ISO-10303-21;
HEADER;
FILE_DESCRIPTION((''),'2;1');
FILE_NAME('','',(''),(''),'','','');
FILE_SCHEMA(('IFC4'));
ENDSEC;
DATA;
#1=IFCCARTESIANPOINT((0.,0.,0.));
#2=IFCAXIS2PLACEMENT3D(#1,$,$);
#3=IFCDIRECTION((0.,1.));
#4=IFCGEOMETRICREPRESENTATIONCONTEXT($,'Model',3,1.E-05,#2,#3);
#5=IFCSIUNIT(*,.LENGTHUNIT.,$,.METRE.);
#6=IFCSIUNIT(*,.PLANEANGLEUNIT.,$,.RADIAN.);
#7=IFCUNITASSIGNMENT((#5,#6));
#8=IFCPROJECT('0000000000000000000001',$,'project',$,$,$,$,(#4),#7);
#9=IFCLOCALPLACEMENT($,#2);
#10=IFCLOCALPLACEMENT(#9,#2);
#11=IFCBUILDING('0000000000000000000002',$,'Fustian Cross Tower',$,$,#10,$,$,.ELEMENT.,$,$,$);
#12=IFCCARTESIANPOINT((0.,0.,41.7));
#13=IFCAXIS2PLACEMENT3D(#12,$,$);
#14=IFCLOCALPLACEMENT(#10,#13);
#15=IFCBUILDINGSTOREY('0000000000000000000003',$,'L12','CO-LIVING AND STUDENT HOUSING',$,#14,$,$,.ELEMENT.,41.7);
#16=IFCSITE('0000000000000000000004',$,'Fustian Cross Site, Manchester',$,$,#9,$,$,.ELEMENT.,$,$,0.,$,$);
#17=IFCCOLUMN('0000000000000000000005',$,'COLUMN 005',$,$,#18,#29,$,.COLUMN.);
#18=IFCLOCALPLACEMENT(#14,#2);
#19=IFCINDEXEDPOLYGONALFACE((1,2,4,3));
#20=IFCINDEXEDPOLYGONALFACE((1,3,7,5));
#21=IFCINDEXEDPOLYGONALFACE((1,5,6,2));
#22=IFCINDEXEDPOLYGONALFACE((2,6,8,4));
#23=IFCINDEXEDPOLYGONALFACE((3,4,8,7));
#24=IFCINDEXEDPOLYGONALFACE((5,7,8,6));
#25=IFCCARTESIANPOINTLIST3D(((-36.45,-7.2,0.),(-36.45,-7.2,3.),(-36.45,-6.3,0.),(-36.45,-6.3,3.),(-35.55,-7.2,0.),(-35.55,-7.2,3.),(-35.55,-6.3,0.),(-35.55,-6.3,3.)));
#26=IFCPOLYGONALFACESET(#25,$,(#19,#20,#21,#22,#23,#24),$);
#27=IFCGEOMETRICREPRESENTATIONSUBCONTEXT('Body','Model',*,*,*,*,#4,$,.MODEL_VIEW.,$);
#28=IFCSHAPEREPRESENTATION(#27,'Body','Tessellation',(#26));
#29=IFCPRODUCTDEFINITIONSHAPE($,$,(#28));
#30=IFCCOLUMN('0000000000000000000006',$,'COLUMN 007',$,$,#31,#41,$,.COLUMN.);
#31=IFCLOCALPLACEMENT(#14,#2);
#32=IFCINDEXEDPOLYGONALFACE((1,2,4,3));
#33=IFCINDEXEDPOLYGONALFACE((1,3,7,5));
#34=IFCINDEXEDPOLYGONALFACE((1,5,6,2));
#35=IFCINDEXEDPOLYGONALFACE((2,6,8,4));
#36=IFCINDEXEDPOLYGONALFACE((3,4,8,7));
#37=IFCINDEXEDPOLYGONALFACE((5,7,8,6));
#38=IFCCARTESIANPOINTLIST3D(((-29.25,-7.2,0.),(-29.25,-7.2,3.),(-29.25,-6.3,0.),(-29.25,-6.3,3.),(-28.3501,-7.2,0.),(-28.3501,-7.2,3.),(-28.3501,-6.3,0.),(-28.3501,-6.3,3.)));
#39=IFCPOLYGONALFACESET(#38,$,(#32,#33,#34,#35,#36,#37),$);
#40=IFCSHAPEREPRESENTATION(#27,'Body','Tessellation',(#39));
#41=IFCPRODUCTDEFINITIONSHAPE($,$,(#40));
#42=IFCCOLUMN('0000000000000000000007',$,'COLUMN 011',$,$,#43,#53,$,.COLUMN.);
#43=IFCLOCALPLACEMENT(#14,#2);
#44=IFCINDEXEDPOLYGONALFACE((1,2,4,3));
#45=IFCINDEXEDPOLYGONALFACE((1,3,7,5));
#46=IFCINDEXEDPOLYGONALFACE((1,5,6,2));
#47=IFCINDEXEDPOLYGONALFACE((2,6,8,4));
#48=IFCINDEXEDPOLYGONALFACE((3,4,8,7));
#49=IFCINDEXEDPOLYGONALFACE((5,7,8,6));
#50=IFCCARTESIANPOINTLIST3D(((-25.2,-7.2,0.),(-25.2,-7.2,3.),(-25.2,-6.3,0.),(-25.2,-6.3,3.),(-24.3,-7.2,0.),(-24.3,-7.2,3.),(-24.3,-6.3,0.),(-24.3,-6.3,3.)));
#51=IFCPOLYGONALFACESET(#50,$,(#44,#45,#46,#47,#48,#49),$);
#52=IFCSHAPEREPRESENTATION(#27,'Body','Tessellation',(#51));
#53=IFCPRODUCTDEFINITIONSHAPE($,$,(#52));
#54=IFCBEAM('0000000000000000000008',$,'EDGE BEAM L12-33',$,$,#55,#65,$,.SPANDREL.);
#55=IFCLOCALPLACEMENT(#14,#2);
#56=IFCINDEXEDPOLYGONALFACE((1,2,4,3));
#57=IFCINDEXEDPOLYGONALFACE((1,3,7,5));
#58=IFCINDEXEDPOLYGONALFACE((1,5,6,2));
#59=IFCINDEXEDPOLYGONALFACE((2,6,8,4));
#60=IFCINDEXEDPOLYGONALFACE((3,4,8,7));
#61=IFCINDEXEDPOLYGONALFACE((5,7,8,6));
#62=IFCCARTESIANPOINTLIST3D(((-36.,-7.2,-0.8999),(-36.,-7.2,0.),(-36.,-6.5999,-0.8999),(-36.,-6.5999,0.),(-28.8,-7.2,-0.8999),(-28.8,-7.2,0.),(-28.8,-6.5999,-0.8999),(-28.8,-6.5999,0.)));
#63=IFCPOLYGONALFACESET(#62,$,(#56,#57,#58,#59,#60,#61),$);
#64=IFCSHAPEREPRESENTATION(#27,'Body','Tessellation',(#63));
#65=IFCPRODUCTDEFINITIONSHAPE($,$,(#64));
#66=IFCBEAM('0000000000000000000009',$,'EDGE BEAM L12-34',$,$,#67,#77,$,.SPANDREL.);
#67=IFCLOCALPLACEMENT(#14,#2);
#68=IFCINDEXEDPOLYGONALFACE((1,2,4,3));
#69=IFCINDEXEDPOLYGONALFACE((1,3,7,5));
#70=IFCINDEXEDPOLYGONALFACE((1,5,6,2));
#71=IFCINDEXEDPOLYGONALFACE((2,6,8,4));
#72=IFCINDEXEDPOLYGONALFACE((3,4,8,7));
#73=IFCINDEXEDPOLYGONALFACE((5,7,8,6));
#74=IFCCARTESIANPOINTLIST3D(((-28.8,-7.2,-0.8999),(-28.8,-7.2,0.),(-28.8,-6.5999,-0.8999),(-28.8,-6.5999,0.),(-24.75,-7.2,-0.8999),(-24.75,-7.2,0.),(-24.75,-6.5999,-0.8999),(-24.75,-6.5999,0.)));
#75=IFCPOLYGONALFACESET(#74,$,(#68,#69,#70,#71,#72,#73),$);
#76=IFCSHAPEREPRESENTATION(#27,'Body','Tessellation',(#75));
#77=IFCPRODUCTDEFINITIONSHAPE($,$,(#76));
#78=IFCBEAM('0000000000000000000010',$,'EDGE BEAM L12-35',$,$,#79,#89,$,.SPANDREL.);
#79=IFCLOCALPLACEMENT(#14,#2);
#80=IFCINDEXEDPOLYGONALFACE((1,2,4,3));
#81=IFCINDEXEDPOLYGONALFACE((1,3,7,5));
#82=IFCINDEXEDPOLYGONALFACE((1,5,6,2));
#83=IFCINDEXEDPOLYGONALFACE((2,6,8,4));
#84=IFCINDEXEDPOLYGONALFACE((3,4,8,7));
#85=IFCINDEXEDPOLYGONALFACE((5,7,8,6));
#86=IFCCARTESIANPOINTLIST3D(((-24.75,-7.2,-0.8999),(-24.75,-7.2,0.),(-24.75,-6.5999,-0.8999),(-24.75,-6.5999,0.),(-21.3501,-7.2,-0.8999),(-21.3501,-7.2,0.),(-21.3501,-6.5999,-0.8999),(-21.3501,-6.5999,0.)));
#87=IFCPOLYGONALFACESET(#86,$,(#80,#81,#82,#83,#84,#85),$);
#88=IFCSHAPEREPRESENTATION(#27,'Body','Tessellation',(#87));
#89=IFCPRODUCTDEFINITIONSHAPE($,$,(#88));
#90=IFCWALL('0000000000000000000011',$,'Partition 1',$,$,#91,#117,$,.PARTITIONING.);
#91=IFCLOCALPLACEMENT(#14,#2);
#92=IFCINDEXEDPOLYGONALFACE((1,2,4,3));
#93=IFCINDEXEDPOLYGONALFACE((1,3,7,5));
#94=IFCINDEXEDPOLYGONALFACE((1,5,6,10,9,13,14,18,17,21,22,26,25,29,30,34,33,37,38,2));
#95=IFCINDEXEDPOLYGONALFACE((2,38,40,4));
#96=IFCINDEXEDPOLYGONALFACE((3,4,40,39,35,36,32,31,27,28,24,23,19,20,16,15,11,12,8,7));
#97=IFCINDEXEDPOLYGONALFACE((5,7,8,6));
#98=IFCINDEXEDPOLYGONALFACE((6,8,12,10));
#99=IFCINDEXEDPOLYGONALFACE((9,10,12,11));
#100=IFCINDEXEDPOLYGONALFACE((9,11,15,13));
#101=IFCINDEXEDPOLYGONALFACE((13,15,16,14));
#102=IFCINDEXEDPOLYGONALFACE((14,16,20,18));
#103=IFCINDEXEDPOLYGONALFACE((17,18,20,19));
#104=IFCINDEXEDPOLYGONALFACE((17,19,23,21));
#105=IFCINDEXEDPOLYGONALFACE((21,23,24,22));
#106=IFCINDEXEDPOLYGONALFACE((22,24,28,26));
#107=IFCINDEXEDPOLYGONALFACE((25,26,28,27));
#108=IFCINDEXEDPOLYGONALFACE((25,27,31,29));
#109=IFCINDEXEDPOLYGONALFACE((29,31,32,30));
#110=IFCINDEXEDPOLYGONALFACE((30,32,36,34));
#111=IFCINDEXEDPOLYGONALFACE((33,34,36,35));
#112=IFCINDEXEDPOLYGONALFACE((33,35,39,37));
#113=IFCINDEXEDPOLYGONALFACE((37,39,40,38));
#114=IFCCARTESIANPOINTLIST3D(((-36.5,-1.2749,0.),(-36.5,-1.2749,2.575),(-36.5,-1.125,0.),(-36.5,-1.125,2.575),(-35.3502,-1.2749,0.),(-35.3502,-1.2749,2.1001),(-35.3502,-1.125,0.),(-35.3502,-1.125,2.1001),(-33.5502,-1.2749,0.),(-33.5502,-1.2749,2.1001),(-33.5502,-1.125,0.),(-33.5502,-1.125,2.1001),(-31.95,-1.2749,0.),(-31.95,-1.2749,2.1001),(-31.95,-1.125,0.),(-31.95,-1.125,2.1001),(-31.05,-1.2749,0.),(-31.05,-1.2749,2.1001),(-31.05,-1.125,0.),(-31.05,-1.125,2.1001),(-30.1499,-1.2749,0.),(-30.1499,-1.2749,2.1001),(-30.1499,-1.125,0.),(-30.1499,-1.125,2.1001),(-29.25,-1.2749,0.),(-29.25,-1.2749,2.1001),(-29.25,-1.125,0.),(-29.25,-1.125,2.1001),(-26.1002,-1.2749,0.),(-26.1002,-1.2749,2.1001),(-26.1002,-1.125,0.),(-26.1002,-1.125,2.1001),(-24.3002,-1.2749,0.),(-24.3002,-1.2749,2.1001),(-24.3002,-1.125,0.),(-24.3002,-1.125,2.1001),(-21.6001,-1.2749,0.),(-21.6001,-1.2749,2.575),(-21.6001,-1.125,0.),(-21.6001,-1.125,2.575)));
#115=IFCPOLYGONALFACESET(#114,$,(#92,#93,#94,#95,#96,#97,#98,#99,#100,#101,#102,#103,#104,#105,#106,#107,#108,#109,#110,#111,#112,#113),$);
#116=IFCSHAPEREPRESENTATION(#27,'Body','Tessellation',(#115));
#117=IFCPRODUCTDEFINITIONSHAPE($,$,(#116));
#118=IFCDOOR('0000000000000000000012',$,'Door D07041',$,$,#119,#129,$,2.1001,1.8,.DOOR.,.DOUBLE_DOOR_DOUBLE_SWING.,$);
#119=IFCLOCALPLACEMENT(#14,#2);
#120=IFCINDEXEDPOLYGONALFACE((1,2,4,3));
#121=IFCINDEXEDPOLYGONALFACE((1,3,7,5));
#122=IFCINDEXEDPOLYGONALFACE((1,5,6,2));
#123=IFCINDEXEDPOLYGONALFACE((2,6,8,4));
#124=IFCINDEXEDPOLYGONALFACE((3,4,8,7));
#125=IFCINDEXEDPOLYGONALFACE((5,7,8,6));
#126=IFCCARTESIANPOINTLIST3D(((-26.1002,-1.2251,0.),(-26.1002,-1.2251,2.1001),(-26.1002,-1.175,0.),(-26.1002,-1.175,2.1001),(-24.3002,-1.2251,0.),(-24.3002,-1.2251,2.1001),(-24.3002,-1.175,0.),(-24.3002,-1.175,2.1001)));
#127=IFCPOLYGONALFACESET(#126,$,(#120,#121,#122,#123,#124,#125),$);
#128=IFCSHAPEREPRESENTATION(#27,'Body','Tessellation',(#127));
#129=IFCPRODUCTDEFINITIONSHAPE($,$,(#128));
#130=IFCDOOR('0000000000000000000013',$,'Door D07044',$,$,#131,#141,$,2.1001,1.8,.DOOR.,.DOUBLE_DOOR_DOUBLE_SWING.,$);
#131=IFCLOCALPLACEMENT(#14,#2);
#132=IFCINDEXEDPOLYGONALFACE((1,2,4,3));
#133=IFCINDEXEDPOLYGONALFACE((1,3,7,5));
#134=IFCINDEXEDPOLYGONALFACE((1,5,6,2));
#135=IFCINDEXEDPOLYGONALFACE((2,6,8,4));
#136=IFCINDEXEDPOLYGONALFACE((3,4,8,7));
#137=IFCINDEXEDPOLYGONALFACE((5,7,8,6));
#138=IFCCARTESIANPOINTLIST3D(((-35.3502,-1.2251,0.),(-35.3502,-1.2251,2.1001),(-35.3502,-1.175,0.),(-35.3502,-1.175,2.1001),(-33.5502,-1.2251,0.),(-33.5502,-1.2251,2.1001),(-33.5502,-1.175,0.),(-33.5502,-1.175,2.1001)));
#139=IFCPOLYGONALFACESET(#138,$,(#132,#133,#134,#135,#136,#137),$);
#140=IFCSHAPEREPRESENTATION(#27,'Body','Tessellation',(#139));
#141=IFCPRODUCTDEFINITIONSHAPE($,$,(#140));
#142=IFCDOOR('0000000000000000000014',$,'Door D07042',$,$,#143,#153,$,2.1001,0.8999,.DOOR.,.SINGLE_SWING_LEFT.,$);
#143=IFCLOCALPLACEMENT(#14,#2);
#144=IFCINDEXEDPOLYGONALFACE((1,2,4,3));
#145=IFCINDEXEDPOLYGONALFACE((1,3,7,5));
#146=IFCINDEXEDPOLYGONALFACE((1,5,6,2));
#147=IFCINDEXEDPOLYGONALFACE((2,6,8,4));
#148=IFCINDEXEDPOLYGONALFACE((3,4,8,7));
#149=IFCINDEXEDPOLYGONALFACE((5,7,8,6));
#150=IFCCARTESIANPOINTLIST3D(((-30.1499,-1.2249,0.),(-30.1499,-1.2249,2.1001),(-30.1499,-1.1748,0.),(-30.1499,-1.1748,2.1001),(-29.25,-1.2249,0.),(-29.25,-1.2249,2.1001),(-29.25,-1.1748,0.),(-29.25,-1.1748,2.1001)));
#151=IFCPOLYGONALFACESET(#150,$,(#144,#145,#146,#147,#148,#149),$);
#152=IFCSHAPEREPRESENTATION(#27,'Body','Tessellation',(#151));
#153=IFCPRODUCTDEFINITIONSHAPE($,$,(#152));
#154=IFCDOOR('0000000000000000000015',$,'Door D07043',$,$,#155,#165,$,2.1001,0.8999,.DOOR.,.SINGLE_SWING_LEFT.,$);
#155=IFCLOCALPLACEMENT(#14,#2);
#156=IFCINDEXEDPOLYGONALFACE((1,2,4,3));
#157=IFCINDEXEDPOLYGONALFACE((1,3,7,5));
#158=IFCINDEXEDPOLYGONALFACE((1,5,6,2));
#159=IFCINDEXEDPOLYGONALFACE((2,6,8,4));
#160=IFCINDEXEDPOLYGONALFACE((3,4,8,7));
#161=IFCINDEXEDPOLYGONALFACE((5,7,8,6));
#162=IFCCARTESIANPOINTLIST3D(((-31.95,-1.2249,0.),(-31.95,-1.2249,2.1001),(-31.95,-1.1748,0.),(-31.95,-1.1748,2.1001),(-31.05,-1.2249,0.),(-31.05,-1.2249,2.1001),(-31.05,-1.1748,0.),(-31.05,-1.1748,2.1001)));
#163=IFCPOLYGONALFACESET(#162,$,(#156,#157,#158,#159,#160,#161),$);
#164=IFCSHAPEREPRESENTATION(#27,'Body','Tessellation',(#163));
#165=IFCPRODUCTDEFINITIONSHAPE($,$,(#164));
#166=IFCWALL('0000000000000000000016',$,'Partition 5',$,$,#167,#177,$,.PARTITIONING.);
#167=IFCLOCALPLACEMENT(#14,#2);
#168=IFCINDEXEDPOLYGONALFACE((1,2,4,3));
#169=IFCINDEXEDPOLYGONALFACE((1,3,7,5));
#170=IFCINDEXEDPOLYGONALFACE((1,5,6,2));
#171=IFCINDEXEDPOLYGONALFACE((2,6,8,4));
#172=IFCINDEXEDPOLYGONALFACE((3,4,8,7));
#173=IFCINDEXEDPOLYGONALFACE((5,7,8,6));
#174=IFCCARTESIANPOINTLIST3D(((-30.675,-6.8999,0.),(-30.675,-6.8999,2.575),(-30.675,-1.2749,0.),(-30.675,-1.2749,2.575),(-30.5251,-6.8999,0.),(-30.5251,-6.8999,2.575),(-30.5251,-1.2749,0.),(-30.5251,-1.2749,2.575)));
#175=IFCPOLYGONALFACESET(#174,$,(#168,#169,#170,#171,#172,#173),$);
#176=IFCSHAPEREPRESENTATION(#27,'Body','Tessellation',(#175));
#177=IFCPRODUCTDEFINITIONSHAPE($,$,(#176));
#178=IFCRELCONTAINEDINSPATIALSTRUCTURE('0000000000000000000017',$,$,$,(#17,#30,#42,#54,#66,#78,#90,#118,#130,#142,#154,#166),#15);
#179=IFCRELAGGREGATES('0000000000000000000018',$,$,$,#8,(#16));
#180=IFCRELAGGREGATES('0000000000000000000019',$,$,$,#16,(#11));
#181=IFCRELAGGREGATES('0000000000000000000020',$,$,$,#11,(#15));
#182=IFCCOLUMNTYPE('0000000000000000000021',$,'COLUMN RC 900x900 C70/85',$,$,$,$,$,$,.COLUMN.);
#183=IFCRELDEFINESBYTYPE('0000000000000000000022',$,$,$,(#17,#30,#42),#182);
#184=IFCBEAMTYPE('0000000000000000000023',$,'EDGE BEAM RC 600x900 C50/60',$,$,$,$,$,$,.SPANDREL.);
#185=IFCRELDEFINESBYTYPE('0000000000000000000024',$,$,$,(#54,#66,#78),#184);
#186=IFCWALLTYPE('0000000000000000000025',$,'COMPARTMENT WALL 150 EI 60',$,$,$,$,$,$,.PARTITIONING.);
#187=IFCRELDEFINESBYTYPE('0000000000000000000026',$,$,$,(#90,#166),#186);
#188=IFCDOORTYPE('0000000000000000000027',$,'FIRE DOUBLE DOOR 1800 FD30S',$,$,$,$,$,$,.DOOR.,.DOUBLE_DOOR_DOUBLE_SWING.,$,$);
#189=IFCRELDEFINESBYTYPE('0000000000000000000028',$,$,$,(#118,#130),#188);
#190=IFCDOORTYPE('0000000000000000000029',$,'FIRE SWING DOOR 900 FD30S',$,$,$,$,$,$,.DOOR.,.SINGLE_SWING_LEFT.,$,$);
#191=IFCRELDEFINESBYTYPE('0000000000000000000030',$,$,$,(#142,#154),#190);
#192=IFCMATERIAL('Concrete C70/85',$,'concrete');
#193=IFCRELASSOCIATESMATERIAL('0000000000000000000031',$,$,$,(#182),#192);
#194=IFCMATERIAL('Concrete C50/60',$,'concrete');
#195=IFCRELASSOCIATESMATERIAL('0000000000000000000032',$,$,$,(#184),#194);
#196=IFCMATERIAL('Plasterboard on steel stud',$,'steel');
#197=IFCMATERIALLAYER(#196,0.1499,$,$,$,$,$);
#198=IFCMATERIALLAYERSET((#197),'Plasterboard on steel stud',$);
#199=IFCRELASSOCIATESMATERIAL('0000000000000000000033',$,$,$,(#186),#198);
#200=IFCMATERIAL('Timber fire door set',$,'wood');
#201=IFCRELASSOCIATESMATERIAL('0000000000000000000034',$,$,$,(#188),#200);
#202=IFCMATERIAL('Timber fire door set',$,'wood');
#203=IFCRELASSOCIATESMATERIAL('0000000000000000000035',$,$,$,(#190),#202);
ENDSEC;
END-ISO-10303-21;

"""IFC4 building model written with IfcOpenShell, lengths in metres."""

from ifc_helpers import new_model, si_unit, direction, frame, frame_2d, origin, origin_2d, place, context, subcontext, project, spatial, rectangle, extrude, material, layer, layer_set, material_profile, profile_set, type_object, element, fill, save


model = new_model("IFC4")

# Units and contexts
model_context = context("Model", 3, precision=1e-05, world=origin(), true_north=direction((0.0, 1.0)))
body_context = subcontext(model_context, "Body", "Model", "MODEL_VIEW")
ifc_project = project(units=[si_unit("LENGTHUNIT", "METRE"), si_unit("PLANEANGLEUNIT", "RADIAN")], contexts=[model_context])

# Site, building, storey
site_placement = place(None, origin())
site = spatial("IfcSite", under=ifc_project, at=site_placement, Name="Fustian Cross Site, Manchester", CompositionType="ELEMENT", RefElevation=0.0)
building_placement = place(site_placement, origin())
building = spatial("IfcBuilding", under=site, at=building_placement, Name="Fustian Cross Tower", CompositionType="ELEMENT")
storey_placement = place(building_placement, frame((0.0, 0.0, 41.7)))
storey = spatial("IfcBuildingStorey", under=building, at=storey_placement, Name="L12", Description="CO-LIVING AND STUDENT HOUSING", CompositionType="ELEMENT", Elevation=41.7)

# Columns
ifc_material_1 = material(Name="Concrete C70/85", Category="concrete")
ifc_material_profile_1 = material_profile(ifc_material_1, rectangle(XDim=0.8999, YDim=0.8999, at=origin_2d()), Name="RC 900x900")
ifc_profile_set_1 = profile_set([ifc_material_profile_1], Name="Concrete C70/85")
column_type = type_object("IfcColumnType", Name="COLUMN RC 900x900 C70/85", PredefinedType="COLUMN", material=ifc_profile_set_1)
for number, where, z_axis, x_axis, name in (
    (1, (-36.0, -6.75, 0.0), (0.0, 0.0, 1.0), (1.0, 0.0, 0.0), "COLUMN 005"),
    (2, (-28.8, -6.75, 0.0), (0.0, 0.0, 1.0), (1.0, 0.0, 0.0), "COLUMN 007"),
    (3, (-24.75, -6.75, 0.0), (0.0, 0.0, 1.0), (1.0, 0.0, 0.0), "COLUMN 011"),
):
    element("IfcColumn", number, at=place(storey_placement, frame(where, z_axis=z_axis, x_axis=x_axis)), inside=storey, type_object=column_type, Name=name, PredefinedType="COLUMN", context=body_context, shape_type="SweptSolid", body=[
        extrude(rectangle(XDim=0.8999, YDim=0.8999, at=origin_2d()), origin(), (0.0, 0.0, 1.0), 3.0),
    ])

# Beams
ifc_material_2 = material(Name="Concrete C50/60", Category="concrete")
ifc_material_profile_2 = material_profile(ifc_material_2, rectangle(XDim=0.6001, YDim=0.8999, at=origin_2d()), Name="RC 600x900")
ifc_profile_set_2 = profile_set([ifc_material_profile_2], Name="Concrete C50/60")
beam_type = type_object("IfcBeamType", Name="EDGE BEAM RC 600x900 C50/60", PredefinedType="SPANDREL", material=ifc_profile_set_2)
beam_1_placement = place(storey_placement, frame((-36.0, -6.8999, -0.45), z_axis=(1.0, 0.0, 0.0), x_axis=(0.0, 1.0, 0.0)))
element("IfcBeam", 4, at=beam_1_placement, inside=storey, type_object=beam_type, Name="EDGE BEAM L12-33", PredefinedType="SPANDREL", context=body_context, shape_type="SweptSolid", body=[
    extrude(rectangle(XDim=0.6001, YDim=0.8999, at=origin_2d()), origin(), (0.0, 0.0, 1.0), 7.2),
])
beam_2_placement = place(storey_placement, frame((-28.8, -6.8999, -0.45), z_axis=(1.0, 0.0, 0.0), x_axis=(0.0, 1.0, 0.0)))
element("IfcBeam", 5, at=beam_2_placement, inside=storey, type_object=beam_type, Name="EDGE BEAM L12-34", PredefinedType="SPANDREL", context=body_context, shape_type="SweptSolid", body=[
    extrude(rectangle(XDim=0.6001, YDim=0.8999, at=origin_2d()), origin(), (0.0, 0.0, 1.0), 4.05),
])
beam_3_placement = place(storey_placement, frame((-24.75, -6.8999, -0.45), z_axis=(1.0, 0.0, 0.0), x_axis=(0.0, 1.0, 0.0)))
element("IfcBeam", 6, at=beam_3_placement, inside=storey, type_object=beam_type, Name="EDGE BEAM L12-35", PredefinedType="SPANDREL", context=body_context, shape_type="SweptSolid", body=[
    extrude(rectangle(XDim=0.6001, YDim=0.8999, at=origin_2d()), origin(), (0.0, 0.0, 1.0), 3.3999),
])

# Wall, openings, doors
ifc_material_3 = material(Name="Plasterboard on steel stud", Category="steel")
ifc_layer_1 = layer(ifc_material_3, 0.1499)
ifc_layer_set_1 = layer_set([ifc_layer_1], Name="Plasterboard on steel stud")
wall_type_1 = type_object("IfcWallType", Name="COMPARTMENT WALL 150 EI 60", PredefinedType="PARTITIONING", material=ifc_layer_set_1)
wall_1_placement = place(storey_placement, frame((-36.5, -1.2, 0.0), z_axis=(0.0, 0.0, 1.0), x_axis=(1.0, 0.0, 0.0)))
wall_1 = element("IfcWall", 7, at=wall_1_placement, inside=storey, type_object=wall_type_1, Name="Partition 1", PredefinedType="PARTITIONING", context=body_context, shape_type="SweptSolid", body=[
    extrude(rectangle(XDim=14.8999, YDim=0.1499, at=frame_2d((7.45, 0.0))), origin(), (0.0, 0.0, 1.0), 2.575),
])
opening_1_placement = place(wall_1_placement, frame((10.3999, 0.0, 0.0)))
opening_1 = element("IfcOpeningElement", 8, at=opening_1_placement, cuts=wall_1, PredefinedType="OPENING", context=body_context, shape_type="SweptSolid", body=[
    extrude(rectangle(XDim=1.8, YDim=2.1001, at=frame_2d((0.8999, 1.05))), frame((0.0, 0.085, 0.0), z_axis=(0.0, -1.0, 0.0), x_axis=(1.0, 0.0, 0.0)), (0.0, 0.0, 1.0), 0.1699),
])
opening_2_placement = place(wall_1_placement, frame((6.3501, 0.0, 0.0)))
opening_2 = element("IfcOpeningElement", 9, at=opening_2_placement, cuts=wall_1, PredefinedType="OPENING", context=body_context, shape_type="SweptSolid", body=[
    extrude(rectangle(XDim=0.8999, YDim=2.1001, at=frame_2d((0.45, 1.05))), frame((0.0, 0.085, 0.0), z_axis=(0.0, -1.0, 0.0), x_axis=(1.0, 0.0, 0.0)), (0.0, 0.0, 1.0), 0.1699),
])
opening_3_placement = place(wall_1_placement, frame((4.55, 0.0, 0.0)))
opening_3 = element("IfcOpeningElement", 10, at=opening_3_placement, cuts=wall_1, PredefinedType="OPENING", context=body_context, shape_type="SweptSolid", body=[
    extrude(rectangle(XDim=0.8999, YDim=2.1001, at=frame_2d((0.45, 1.05))), frame((0.0, 0.085, 0.0), z_axis=(0.0, -1.0, 0.0), x_axis=(1.0, 0.0, 0.0)), (0.0, 0.0, 1.0), 0.1699),
])
opening_4_placement = place(wall_1_placement, frame((1.1499, 0.0, 0.0)))
opening_4 = element("IfcOpeningElement", 11, at=opening_4_placement, cuts=wall_1, PredefinedType="OPENING", context=body_context, shape_type="SweptSolid", body=[
    extrude(rectangle(XDim=1.8, YDim=2.1001, at=frame_2d((0.8999, 1.05))), frame((0.0, 0.085, 0.0), z_axis=(0.0, -1.0, 0.0), x_axis=(1.0, 0.0, 0.0)), (0.0, 0.0, 1.0), 0.1699),
])
ifc_material_4 = material(Name="Timber fire door set", Category="wood")
door_type_1 = type_object("IfcDoorType", Name="FIRE DOUBLE DOOR 1800 FD30S", OperationType="DOUBLE_DOOR_DOUBLE_SWING", PredefinedType="DOOR", material=ifc_material_4)
door_1_placement = place(opening_1_placement, origin())
door_1 = element("IfcDoor", 12, at=door_1_placement, inside=storey, type_object=door_type_1, Name="Door D07041", OperationType="DOUBLE_DOOR_DOUBLE_SWING", OverallHeight=2.1001, OverallWidth=1.8, PredefinedType="DOOR", context=body_context, shape_type="SweptSolid", body=[
    extrude(rectangle(XDim=1.8, YDim=2.1001, at=frame_2d((0.8999, 1.05))), frame((0.0, 0.0249, 0.0), z_axis=(0.0, -1.0, 0.0), x_axis=(1.0, 0.0, 0.0)), (0.0, 0.0, 1.0), 0.05),
])
fill(opening_1, door_1)
door_2_placement = place(opening_4_placement, origin())
door_2 = element("IfcDoor", 13, at=door_2_placement, inside=storey, type_object=door_type_1, Name="Door D07044", OperationType="DOUBLE_DOOR_DOUBLE_SWING", OverallHeight=2.1001, OverallWidth=1.8, PredefinedType="DOOR", context=body_context, shape_type="SweptSolid", body=[
    extrude(rectangle(XDim=1.8, YDim=2.1001, at=frame_2d((0.8999, 1.05))), frame((0.0, 0.0249, 0.0), z_axis=(0.0, -1.0, 0.0), x_axis=(1.0, 0.0, 0.0)), (0.0, 0.0, 1.0), 0.05),
])
fill(opening_4, door_2)
ifc_material_5 = material(Name="Timber fire door set", Category="wood")
door_type_2 = type_object("IfcDoorType", Name="FIRE SWING DOOR 900 FD30S", OperationType="SINGLE_SWING_LEFT", PredefinedType="DOOR", material=ifc_material_5)
door_3_placement = place(opening_2_placement, frame((0.8999, 0.0, 0.0), z_axis=(0.0, 0.0, 1.0), x_axis=(-1.0, 0.0, 0.0)))
door_3 = element("IfcDoor", 14, at=door_3_placement, inside=storey, type_object=door_type_2, Name="Door D07042", OperationType="SINGLE_SWING_LEFT", OverallHeight=2.1001, OverallWidth=0.8999, PredefinedType="DOOR", context=body_context, shape_type="SweptSolid", body=[
    extrude(rectangle(XDim=0.8999, YDim=2.1001, at=frame_2d((0.45, 1.05))), frame((0.0, 0.0249, 0.0), z_axis=(0.0, -1.0, 0.0), x_axis=(1.0, 0.0, 0.0)), (0.0, 0.0, 1.0), 0.05),
])
fill(opening_2, door_3)
door_4_placement = place(opening_3_placement, frame((0.8999, 0.0, 0.0), z_axis=(0.0, 0.0, 1.0), x_axis=(-1.0, 0.0, 0.0)))
door_4 = element("IfcDoor", 15, at=door_4_placement, inside=storey, type_object=door_type_2, Name="Door D07043", OperationType="SINGLE_SWING_LEFT", OverallHeight=2.1001, OverallWidth=0.8999, PredefinedType="DOOR", context=body_context, shape_type="SweptSolid", body=[
    extrude(rectangle(XDim=0.8999, YDim=2.1001, at=frame_2d((0.45, 1.05))), frame((0.0, 0.0249, 0.0), z_axis=(0.0, -1.0, 0.0), x_axis=(1.0, 0.0, 0.0)), (0.0, 0.0, 1.0), 0.05),
])
fill(opening_3, door_4)

# Wall
for number, where, z_axis, x_axis, name in (
    (16, (-30.6001, -6.8999, 0.0), (0.0, 0.0, 1.0), (0.0, 1.0, 0.0), "Partition 5"),
):
    element("IfcWall", number, at=place(storey_placement, frame(where, z_axis=z_axis, x_axis=x_axis)), inside=storey, type_object=wall_type_1, Name=name, PredefinedType="PARTITIONING", context=body_context, shape_type="SweptSolid", body=[
        extrude(rectangle(XDim=5.625, YDim=0.1499, at=frame_2d((2.8125, 0.0))), origin(), (0.0, 0.0, 1.0), 2.575),
    ])

save(model, "model.ifc")
